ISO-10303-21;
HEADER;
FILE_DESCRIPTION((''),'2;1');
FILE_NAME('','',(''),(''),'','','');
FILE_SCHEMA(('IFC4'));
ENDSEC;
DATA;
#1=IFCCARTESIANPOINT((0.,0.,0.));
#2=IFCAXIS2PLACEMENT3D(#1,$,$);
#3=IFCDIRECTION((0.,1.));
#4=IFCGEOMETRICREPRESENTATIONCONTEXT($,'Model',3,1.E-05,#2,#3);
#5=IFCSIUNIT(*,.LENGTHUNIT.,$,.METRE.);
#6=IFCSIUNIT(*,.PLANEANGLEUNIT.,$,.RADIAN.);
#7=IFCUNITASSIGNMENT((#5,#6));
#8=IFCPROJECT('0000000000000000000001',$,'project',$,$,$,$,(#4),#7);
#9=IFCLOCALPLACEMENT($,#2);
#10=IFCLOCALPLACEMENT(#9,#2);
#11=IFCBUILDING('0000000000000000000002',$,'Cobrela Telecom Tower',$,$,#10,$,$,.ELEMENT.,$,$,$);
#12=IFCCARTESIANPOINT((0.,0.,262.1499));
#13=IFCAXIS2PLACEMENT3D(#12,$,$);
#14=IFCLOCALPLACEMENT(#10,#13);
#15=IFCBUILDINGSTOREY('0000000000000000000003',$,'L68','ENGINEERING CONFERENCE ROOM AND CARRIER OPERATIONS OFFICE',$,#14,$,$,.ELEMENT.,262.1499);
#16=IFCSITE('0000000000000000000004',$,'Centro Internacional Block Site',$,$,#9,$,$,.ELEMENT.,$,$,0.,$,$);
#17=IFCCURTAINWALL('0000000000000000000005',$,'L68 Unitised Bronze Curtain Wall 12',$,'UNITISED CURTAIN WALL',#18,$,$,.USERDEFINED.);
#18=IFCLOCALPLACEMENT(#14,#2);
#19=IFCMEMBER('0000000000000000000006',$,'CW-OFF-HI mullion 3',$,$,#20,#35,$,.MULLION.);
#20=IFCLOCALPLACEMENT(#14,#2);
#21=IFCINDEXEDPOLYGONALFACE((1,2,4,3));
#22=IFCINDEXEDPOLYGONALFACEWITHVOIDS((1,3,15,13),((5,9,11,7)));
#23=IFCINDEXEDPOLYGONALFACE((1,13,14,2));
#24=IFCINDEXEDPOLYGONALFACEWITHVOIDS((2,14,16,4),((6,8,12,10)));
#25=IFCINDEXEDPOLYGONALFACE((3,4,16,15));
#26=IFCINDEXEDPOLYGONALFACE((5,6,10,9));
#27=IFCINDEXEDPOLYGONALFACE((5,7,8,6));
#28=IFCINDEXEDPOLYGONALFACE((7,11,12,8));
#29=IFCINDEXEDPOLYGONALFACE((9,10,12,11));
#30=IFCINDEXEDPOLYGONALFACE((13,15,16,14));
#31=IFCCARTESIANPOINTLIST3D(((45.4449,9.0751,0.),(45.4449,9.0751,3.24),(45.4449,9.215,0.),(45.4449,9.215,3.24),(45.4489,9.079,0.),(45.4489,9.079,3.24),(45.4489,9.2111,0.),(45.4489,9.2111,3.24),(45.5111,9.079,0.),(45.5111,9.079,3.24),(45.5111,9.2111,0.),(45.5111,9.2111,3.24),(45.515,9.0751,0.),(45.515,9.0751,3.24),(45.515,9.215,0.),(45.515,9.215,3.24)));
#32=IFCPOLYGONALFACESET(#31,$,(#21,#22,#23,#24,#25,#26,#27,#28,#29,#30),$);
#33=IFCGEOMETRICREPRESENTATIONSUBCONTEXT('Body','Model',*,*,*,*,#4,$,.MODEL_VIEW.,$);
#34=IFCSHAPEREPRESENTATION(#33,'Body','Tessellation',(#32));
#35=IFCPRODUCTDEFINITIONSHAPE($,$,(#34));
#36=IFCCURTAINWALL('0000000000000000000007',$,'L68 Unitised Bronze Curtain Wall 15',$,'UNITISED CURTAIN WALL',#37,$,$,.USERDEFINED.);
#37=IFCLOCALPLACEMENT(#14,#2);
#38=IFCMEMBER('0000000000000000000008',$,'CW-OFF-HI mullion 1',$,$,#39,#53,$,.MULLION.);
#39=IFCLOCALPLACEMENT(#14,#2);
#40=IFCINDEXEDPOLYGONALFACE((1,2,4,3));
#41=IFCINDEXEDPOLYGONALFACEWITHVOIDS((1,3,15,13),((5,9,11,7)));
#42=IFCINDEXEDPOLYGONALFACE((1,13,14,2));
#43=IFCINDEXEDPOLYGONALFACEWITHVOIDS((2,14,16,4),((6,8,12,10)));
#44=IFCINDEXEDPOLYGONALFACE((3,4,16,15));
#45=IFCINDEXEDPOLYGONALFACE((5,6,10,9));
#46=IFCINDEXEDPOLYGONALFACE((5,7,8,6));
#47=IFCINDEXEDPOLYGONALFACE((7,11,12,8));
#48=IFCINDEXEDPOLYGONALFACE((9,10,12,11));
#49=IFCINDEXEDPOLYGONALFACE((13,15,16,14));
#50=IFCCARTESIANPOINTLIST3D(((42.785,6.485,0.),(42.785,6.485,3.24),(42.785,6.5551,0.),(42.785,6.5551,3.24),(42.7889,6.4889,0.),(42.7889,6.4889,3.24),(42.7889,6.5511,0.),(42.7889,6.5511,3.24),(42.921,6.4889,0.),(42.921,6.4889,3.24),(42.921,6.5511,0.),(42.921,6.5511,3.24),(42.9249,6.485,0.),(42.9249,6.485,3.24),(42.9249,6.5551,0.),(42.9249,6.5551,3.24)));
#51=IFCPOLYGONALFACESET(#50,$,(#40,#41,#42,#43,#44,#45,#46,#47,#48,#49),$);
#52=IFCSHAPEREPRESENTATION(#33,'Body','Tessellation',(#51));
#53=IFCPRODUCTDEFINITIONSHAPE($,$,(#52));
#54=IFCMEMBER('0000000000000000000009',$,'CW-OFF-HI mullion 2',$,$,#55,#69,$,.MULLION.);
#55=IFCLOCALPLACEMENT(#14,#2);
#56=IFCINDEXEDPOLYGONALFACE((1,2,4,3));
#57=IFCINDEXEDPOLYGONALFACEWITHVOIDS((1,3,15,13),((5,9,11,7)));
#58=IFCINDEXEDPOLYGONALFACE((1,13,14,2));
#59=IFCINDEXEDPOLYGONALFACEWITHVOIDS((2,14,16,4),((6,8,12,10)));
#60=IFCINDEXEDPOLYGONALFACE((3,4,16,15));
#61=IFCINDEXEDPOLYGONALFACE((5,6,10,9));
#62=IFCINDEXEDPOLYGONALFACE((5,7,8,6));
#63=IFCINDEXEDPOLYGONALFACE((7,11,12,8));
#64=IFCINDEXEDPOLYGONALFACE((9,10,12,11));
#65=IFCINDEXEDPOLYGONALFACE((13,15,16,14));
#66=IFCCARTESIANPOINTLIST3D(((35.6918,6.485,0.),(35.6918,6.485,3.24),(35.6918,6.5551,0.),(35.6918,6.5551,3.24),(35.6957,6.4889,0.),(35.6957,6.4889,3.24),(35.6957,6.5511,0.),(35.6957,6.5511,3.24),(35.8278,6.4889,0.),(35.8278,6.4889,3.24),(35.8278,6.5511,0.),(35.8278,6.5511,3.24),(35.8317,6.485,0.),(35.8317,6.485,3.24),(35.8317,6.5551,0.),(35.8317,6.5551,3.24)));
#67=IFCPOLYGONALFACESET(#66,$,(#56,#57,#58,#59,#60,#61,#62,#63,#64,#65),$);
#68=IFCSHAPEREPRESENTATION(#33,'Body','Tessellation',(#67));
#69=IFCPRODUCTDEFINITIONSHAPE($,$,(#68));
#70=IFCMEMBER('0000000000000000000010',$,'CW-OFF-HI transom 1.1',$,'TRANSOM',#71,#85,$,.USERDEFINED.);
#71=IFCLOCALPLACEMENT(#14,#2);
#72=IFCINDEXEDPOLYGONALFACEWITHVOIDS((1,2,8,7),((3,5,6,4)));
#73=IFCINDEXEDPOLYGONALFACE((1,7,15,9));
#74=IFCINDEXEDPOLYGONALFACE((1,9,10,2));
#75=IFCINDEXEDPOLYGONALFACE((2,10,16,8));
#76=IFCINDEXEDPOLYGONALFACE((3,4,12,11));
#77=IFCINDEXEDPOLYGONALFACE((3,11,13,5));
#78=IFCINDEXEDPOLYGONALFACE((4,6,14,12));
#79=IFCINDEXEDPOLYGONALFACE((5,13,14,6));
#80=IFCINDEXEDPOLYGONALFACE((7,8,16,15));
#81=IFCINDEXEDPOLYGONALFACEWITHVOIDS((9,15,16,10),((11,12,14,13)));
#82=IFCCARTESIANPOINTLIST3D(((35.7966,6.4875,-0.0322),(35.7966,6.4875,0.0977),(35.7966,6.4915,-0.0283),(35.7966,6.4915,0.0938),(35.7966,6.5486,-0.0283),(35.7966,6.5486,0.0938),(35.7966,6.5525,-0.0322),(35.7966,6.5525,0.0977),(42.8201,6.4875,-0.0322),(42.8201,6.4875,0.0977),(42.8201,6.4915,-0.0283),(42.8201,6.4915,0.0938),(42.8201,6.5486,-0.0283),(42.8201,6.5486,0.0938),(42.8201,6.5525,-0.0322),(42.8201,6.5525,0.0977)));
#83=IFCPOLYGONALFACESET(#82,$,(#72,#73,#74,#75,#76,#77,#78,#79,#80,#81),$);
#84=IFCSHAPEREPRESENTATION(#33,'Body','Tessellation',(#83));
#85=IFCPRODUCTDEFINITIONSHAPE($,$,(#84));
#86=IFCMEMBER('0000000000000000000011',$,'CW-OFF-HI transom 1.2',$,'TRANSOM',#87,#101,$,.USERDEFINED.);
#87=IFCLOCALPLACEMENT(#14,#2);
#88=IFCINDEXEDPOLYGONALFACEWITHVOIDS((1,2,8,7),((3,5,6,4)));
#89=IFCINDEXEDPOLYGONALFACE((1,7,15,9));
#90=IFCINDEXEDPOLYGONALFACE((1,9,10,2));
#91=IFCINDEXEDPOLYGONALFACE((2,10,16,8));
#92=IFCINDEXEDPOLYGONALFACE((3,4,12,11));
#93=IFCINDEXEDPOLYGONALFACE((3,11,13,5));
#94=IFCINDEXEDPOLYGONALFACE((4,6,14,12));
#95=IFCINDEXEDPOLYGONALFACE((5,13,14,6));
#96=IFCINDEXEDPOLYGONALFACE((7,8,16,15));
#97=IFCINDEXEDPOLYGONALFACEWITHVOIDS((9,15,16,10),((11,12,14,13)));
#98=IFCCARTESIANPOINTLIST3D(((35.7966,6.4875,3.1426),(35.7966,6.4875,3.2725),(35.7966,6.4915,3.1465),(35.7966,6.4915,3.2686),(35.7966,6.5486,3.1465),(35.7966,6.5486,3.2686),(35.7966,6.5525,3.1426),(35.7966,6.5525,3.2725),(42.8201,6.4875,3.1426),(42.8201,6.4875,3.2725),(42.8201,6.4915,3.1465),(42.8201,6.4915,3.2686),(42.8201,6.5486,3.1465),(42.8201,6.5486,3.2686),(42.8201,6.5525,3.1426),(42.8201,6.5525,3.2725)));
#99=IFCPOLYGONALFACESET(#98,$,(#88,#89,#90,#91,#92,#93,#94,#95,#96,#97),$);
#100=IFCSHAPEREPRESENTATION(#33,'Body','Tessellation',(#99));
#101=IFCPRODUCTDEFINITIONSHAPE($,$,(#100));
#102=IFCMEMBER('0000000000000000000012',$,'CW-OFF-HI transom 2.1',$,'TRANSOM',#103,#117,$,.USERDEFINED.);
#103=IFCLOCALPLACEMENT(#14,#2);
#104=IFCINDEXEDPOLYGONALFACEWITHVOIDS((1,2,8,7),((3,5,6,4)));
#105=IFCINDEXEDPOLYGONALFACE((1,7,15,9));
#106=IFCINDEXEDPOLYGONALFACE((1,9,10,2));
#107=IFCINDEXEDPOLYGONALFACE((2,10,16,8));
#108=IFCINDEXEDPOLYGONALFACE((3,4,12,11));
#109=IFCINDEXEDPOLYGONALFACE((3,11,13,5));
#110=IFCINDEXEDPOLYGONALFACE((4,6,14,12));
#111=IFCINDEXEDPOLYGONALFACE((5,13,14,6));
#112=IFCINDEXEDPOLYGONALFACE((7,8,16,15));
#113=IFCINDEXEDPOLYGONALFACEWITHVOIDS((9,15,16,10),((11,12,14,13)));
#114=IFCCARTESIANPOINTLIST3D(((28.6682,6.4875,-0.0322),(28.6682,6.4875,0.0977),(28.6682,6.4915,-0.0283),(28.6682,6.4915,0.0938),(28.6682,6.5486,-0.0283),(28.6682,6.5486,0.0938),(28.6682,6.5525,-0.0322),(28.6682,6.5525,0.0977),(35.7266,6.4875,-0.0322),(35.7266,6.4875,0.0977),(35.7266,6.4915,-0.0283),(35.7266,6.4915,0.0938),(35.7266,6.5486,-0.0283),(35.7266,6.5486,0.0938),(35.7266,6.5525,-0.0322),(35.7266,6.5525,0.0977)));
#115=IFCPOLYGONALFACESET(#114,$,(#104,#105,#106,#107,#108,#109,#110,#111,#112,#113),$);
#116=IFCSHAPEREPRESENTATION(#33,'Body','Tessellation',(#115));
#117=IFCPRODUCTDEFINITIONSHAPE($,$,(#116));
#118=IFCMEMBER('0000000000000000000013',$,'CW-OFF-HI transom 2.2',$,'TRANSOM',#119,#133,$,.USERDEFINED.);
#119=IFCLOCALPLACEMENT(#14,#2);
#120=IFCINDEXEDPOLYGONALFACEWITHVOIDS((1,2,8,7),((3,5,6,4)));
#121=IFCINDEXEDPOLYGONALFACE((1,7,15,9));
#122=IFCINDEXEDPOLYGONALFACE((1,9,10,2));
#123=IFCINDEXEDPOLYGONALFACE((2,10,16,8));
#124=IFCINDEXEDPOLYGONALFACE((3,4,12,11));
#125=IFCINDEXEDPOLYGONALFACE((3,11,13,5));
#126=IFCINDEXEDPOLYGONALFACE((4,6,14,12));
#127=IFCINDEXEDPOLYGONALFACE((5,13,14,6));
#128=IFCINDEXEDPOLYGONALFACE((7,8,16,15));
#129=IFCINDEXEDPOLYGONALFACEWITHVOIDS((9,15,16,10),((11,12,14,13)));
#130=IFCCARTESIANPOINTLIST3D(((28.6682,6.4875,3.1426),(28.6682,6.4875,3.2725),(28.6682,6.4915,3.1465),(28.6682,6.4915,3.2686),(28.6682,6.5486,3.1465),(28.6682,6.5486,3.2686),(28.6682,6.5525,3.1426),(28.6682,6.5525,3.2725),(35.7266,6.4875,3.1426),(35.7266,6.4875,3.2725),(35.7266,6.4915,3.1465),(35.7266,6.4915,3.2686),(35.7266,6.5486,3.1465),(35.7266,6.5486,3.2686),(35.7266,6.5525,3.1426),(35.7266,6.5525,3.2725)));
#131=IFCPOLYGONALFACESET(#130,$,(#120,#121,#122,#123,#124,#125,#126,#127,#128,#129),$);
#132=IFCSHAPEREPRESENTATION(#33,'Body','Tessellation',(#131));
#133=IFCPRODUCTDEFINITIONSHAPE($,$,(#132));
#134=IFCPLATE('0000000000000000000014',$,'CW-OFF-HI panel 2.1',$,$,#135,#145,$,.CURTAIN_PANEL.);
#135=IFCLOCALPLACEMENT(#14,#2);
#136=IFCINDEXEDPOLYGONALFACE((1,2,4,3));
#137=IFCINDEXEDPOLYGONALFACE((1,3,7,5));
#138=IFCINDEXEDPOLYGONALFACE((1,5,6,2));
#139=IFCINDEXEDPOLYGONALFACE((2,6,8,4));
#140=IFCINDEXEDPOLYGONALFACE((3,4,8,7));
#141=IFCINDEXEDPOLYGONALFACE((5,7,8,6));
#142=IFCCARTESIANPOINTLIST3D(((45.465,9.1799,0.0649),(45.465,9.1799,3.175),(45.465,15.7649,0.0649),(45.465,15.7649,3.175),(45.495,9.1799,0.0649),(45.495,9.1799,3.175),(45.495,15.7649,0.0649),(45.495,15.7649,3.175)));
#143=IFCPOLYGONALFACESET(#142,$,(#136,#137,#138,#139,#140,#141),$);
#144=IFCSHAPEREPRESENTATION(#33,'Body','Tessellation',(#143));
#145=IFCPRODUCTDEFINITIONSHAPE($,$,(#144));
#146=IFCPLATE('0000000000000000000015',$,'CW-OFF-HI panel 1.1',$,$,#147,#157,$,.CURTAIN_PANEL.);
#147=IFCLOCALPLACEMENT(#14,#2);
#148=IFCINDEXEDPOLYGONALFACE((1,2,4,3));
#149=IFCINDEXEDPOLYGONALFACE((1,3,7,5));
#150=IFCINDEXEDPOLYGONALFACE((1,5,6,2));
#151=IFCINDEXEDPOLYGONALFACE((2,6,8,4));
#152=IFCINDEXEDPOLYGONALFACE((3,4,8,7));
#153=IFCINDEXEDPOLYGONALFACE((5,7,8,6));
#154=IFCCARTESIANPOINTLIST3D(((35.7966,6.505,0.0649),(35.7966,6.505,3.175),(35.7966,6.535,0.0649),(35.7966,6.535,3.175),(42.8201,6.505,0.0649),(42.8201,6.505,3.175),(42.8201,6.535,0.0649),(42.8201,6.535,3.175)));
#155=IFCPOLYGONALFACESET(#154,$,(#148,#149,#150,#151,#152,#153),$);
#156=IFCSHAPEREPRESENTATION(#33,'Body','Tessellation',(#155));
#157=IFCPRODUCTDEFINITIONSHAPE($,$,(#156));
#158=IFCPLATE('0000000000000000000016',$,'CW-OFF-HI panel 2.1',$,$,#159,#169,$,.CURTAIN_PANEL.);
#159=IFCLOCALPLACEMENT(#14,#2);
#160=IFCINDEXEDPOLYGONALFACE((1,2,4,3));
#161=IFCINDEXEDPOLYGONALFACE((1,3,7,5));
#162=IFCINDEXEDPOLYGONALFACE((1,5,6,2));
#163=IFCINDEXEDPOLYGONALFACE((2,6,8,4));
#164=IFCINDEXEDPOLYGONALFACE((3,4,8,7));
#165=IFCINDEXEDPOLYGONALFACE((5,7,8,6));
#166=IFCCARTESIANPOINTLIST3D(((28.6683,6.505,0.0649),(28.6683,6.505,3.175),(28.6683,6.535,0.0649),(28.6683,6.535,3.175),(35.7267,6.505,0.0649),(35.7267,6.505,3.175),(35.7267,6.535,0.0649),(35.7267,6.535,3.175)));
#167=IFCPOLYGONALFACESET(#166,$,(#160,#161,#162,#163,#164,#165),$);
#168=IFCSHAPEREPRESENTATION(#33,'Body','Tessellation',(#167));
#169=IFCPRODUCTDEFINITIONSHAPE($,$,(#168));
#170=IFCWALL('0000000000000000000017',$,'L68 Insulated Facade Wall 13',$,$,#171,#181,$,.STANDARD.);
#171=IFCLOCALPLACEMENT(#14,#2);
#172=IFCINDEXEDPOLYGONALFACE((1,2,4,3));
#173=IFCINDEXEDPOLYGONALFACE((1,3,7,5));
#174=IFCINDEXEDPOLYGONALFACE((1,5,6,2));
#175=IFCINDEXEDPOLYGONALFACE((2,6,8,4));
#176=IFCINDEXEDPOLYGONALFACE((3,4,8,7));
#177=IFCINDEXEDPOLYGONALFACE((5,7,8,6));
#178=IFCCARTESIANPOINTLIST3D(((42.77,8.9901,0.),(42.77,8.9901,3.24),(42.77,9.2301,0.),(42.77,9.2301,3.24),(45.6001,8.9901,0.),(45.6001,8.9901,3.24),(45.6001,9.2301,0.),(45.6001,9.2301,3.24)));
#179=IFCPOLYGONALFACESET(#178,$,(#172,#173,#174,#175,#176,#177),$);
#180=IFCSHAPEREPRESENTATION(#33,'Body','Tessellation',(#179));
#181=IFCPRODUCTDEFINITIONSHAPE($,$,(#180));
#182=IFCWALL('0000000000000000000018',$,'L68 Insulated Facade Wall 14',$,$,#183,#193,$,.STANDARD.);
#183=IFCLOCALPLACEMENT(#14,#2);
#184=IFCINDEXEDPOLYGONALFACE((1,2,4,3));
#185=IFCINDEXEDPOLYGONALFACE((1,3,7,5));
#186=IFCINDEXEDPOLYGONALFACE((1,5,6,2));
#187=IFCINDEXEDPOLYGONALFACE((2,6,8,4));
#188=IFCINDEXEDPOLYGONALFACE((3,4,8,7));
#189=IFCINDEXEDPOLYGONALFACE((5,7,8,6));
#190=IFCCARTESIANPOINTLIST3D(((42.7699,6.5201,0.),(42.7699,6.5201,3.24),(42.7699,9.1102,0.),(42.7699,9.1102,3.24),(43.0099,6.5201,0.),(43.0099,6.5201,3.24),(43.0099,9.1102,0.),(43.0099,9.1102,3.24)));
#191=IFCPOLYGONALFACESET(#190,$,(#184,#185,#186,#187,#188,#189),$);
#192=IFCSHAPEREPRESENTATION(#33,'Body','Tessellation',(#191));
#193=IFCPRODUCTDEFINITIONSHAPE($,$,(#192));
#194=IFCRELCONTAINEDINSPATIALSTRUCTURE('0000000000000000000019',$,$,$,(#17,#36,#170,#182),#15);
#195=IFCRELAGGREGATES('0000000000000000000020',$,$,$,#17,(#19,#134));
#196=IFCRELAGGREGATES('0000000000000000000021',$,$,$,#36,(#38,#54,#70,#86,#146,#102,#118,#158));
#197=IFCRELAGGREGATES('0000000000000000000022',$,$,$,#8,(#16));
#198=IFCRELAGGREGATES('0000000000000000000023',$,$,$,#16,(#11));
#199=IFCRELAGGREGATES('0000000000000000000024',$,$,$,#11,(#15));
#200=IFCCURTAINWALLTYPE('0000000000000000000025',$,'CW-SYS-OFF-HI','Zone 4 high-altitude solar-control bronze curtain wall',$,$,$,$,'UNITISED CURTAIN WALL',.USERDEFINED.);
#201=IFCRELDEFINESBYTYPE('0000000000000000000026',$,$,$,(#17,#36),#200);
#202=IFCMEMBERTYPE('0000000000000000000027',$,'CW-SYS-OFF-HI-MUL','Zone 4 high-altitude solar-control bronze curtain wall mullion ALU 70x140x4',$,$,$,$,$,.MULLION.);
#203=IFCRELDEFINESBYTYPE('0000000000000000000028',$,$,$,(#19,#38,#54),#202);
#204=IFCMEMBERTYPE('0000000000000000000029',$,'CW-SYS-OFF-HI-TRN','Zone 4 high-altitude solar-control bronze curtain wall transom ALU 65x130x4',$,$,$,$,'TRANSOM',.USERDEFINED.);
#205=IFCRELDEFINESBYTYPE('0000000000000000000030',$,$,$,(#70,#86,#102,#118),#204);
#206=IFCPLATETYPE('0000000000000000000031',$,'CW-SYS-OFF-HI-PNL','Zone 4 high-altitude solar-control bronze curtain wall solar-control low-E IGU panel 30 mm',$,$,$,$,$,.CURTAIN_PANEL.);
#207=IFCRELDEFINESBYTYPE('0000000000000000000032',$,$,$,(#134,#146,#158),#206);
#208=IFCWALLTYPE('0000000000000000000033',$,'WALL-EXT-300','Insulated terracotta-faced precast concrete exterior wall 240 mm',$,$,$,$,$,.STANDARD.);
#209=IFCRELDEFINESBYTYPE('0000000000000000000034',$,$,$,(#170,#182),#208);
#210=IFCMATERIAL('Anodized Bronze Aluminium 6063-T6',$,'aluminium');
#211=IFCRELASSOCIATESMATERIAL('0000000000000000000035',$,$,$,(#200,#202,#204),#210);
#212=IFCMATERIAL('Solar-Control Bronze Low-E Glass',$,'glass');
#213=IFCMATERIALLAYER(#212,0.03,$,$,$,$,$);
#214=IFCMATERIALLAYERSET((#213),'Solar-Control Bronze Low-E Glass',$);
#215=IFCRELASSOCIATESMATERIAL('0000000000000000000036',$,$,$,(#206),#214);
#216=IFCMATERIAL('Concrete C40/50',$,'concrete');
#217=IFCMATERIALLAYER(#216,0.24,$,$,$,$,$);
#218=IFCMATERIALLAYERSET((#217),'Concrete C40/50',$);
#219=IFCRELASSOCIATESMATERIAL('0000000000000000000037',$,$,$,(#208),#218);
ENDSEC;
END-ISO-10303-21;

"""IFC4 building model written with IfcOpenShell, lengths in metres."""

from ifc_helpers import new_model, si_unit, direction, frame, frame_2d, origin, origin_2d, place, context, subcontext, project, spatial, rectangle, hollow_rectangle, extrude, material, layer, layer_set, material_profile, profile_set, type_object, element, aggregate, save


model = new_model("IFC4")

# Units and contexts
model_context = context("Model", 3, precision=1e-05, world=origin(), true_north=direction((0.0, 1.0)))
body_context = subcontext(model_context, "Body", "Model", "MODEL_VIEW")
ifc_project = project(units=[si_unit("LENGTHUNIT", "METRE"), si_unit("PLANEANGLEUNIT", "RADIAN")], contexts=[model_context])

# Site, building, storey
site_placement = place(None, origin())
site = spatial("IfcSite", under=ifc_project, at=site_placement, Name="Centro Internacional Block Site", CompositionType="ELEMENT", RefElevation=0.0)
building_placement = place(site_placement, origin())
building = spatial("IfcBuilding", under=site, at=building_placement, Name="Cobrela Telecom Tower", CompositionType="ELEMENT")
storey_placement = place(building_placement, frame((0.0, 0.0, 262.1499)))
storey = spatial("IfcBuildingStorey", under=building, at=storey_placement, Name="L68", Description="ENGINEERING CONFERENCE ROOM AND CARRIER OPERATIONS OFFICE", CompositionType="ELEMENT", Elevation=262.1499)

# Curtain wall, member
ifc_material_1 = material(Name="Anodized Bronze Aluminium 6063-T6", Category="aluminium")
curtain_wall_type = type_object("IfcCurtainWallType", Name="CW-SYS-OFF-HI", Description="Zone 4 high-altitude solar-control bronze curtain wall", ElementType="UNITISED CURTAIN WALL", PredefinedType="USERDEFINED", material=ifc_material_1)
curtain_wall_1_placement = place(storey_placement, origin())
curtain_wall_1 = element("IfcCurtainWall", 1, at=curtain_wall_1_placement, inside=storey, type_object=curtain_wall_type, Name="L68 Unitised Bronze Curtain Wall 12", ObjectType="UNITISED CURTAIN WALL", PredefinedType="USERDEFINED")
ifc_material_profile_1 = material_profile(ifc_material_1, hollow_rectangle(XDim=0.0701, YDim=0.1399, WallThickness=0.0039, at=origin_2d()), Name="ALU 70x140x4")
ifc_profile_set_1 = profile_set([ifc_material_profile_1], Name="Anodized Bronze Aluminium 6063-T6")
member_type_1 = type_object("IfcMemberType", Name="CW-SYS-OFF-HI-MUL", Description="Zone 4 high-altitude solar-control bronze curtain wall mullion ALU 70x140x4", PredefinedType="MULLION", material=ifc_profile_set_1)
member_1_placement = place(storey_placement, frame((45.48, 9.145, 0.0), z_axis=(0.0, 0.0, 1.0), x_axis=(1.0, 0.0, 0.0)))
member_1 = element("IfcMember", 2, at=member_1_placement, type_object=member_type_1, Name="CW-OFF-HI mullion 3", PredefinedType="MULLION", context=body_context, shape_type="SweptSolid", body=[
    extrude(hollow_rectangle(XDim=0.0701, YDim=0.1399, WallThickness=0.0039, at=origin_2d()), origin(), (0.0, 0.0, 1.0), 3.24),
])

# Curtain wall, members
curtain_wall_2_placement = place(storey_placement, origin())
curtain_wall_2 = element("IfcCurtainWall", 3, at=curtain_wall_2_placement, inside=storey, type_object=curtain_wall_type, Name="L68 Unitised Bronze Curtain Wall 15", ObjectType="UNITISED CURTAIN WALL", PredefinedType="USERDEFINED")
member_2_placement = place(storey_placement, frame((42.855, 6.52, 0.0), z_axis=(0.0, 0.0, 1.0), x_axis=(0.0, -1.0, 0.0)))
member_2 = element("IfcMember", 4, at=member_2_placement, type_object=member_type_1, Name="CW-OFF-HI mullion 1", PredefinedType="MULLION", context=body_context, shape_type="SweptSolid", body=[
    extrude(hollow_rectangle(XDim=0.0701, YDim=0.1399, WallThickness=0.0039, at=origin_2d()), origin(), (0.0, 0.0, 1.0), 3.24),
])
member_3_placement = place(storey_placement, frame((35.7617, 6.52, 0.0), z_axis=(0.0, 0.0, 1.0), x_axis=(0.0, -1.0, 0.0)))
member_3 = element("IfcMember", 5, at=member_3_placement, type_object=member_type_1, Name="CW-OFF-HI mullion 2", PredefinedType="MULLION", context=body_context, shape_type="SweptSolid", body=[
    extrude(hollow_rectangle(XDim=0.0701, YDim=0.1399, WallThickness=0.0039, at=origin_2d()), origin(), (0.0, 0.0, 1.0), 3.24),
])
ifc_material_profile_2 = material_profile(ifc_material_1, hollow_rectangle(XDim=0.0649, YDim=0.1299, WallThickness=0.0039, at=origin_2d()), Name="ALU 65x130x4")
ifc_profile_set_2 = profile_set([ifc_material_profile_2], Name="Anodized Bronze Aluminium 6063-T6")
member_type_2 = type_object("IfcMemberType", Name="CW-SYS-OFF-HI-TRN", Description="Zone 4 high-altitude solar-control bronze curtain wall transom ALU 65x130x4", ElementType="TRANSOM", PredefinedType="USERDEFINED", material=ifc_profile_set_2)
member_4_placement = place(storey_placement, frame((42.8201, 6.52, 0.0327), z_axis=(-1.0, 0.0, 0.0), x_axis=(0.0, -1.0, 0.0)))
member_4 = element("IfcMember", 6, at=member_4_placement, type_object=member_type_2, Name="CW-OFF-HI transom 1.1", ObjectType="TRANSOM", PredefinedType="USERDEFINED", context=body_context, shape_type="SweptSolid", body=[
    extrude(hollow_rectangle(XDim=0.0649, YDim=0.1299, WallThickness=0.0039, at=origin_2d()), origin(), (0.0, 0.0, 1.0), 7.0234),
])
member_5_placement = place(storey_placement, frame((42.8201, 6.52, 3.2075), z_axis=(-1.0, 0.0, 0.0), x_axis=(0.0, -1.0, 0.0)))
member_5 = element("IfcMember", 7, at=member_5_placement, type_object=member_type_2, Name="CW-OFF-HI transom 1.2", ObjectType="TRANSOM", PredefinedType="USERDEFINED", context=body_context, shape_type="SweptSolid", body=[
    extrude(hollow_rectangle(XDim=0.0649, YDim=0.1299, WallThickness=0.0039, at=origin_2d()), origin(), (0.0, 0.0, 1.0), 7.0234),
])
member_6_placement = place(storey_placement, frame((35.7266, 6.52, 0.0327), z_axis=(-1.0, 0.0, 0.0), x_axis=(0.0, -1.0, 0.0)))
member_6 = element("IfcMember", 8, at=member_6_placement, type_object=member_type_2, Name="CW-OFF-HI transom 2.1", ObjectType="TRANSOM", PredefinedType="USERDEFINED", context=body_context, shape_type="SweptSolid", body=[
    extrude(hollow_rectangle(XDim=0.0649, YDim=0.1299, WallThickness=0.0039, at=origin_2d()), origin(), (0.0, 0.0, 1.0), 7.0583),
])
member_7_placement = place(storey_placement, frame((35.7266, 6.52, 3.2075), z_axis=(-1.0, 0.0, 0.0), x_axis=(0.0, -1.0, 0.0)))
member_7 = element("IfcMember", 9, at=member_7_placement, type_object=member_type_2, Name="CW-OFF-HI transom 2.2", ObjectType="TRANSOM", PredefinedType="USERDEFINED", context=body_context, shape_type="SweptSolid", body=[
    extrude(hollow_rectangle(XDim=0.0649, YDim=0.1299, WallThickness=0.0039, at=origin_2d()), origin(), (0.0, 0.0, 1.0), 7.0583),
])

# Plates
ifc_material_2 = material(Name="Solar-Control Bronze Low-E Glass", Category="glass")
ifc_layer_1 = layer(ifc_material_2, 0.03)
ifc_layer_set_1 = layer_set([ifc_layer_1], Name="Solar-Control Bronze Low-E Glass")
plate_type = type_object("IfcPlateType", Name="CW-SYS-OFF-HI-PNL", Description="Zone 4 high-altitude solar-control bronze curtain wall solar-control low-E IGU panel 30 mm", PredefinedType="CURTAIN_PANEL", material=ifc_layer_set_1)
plate_1_placement = place(storey_placement, frame((45.48, 12.4724, 0.0649), z_axis=(0.0, 0.0, 1.0), x_axis=(0.0, -1.0, 0.0)))
plate_1 = element("IfcPlate", 10, at=plate_1_placement, type_object=plate_type, Name="CW-OFF-HI panel 2.1", PredefinedType="CURTAIN_PANEL", context=body_context, shape_type="SweptSolid", body=[
    extrude(rectangle(XDim=6.585, YDim=0.03, at=origin_2d()), origin(), (0.0, 0.0, 1.0), 3.1101),
])
aggregate(curtain_wall_1, [member_1, plate_1])
plate_2_placement = place(storey_placement, frame((39.3083, 6.52, 0.0649), z_axis=(0.0, 0.0, 1.0), x_axis=(-1.0, 0.0, 0.0)))
plate_2 = element("IfcPlate", 11, at=plate_2_placement, type_object=plate_type, Name="CW-OFF-HI panel 1.1", PredefinedType="CURTAIN_PANEL", context=body_context, shape_type="SweptSolid", body=[
    extrude(rectangle(XDim=7.0234, YDim=0.03, at=origin_2d()), origin(), (0.0, 0.0, 1.0), 3.1101),
])
plate_3_placement = place(storey_placement, frame((32.1975, 6.52, 0.0649), z_axis=(0.0, 0.0, 1.0), x_axis=(-1.0, 0.0, 0.0)))
plate_3 = element("IfcPlate", 12, at=plate_3_placement, type_object=plate_type, Name="CW-OFF-HI panel 2.1", PredefinedType="CURTAIN_PANEL", context=body_context, shape_type="SweptSolid", body=[
    extrude(rectangle(XDim=7.0583, YDim=0.03, at=origin_2d()), origin(), (0.0, 0.0, 1.0), 3.1101),
])
aggregate(curtain_wall_2, [member_2, member_3, member_4, member_5, plate_2, member_6, member_7, plate_3])

# Walls
ifc_material_3 = material(Name="Concrete C40/50", Category="concrete")
ifc_layer_2 = layer(ifc_material_3, 0.24)
ifc_layer_set_2 = layer_set([ifc_layer_2], Name="Concrete C40/50")
wall_type = type_object("IfcWallType", Name="WALL-EXT-300", Description="Insulated terracotta-faced precast concrete exterior wall 240 mm", PredefinedType="STANDARD", material=ifc_layer_set_2)
wall_1_placement = place(storey_placement, frame((45.6001, 9.1101, 0.0), z_axis=(0.0, 0.0, 1.0), x_axis=(-1.0, 0.0, 0.0)))
element("IfcWall", 13, at=wall_1_placement, inside=storey, type_object=wall_type, Name="L68 Insulated Facade Wall 13", PredefinedType="STANDARD", context=body_context, shape_type="SweptSolid", body=[
    extrude(rectangle(XDim=2.8301, YDim=0.24, at=frame_2d((1.415, 0.0))), origin(), (0.0, 0.0, 1.0), 3.24),
])
wall_2_placement = place(storey_placement, frame((42.8899, 9.1101, 0.0), z_axis=(0.0, 0.0, 1.0), x_axis=(0.0, -1.0, 0.0)))
element("IfcWall", 14, at=wall_2_placement, inside=storey, type_object=wall_type, Name="L68 Insulated Facade Wall 14", PredefinedType="STANDARD", context=body_context, shape_type="SweptSolid", body=[
    extrude(rectangle(XDim=2.5901, YDim=0.24, at=frame_2d((1.2949, 0.0))), origin(), (0.0, 0.0, 1.0), 3.24),
])

save(model, "model.ifc")
